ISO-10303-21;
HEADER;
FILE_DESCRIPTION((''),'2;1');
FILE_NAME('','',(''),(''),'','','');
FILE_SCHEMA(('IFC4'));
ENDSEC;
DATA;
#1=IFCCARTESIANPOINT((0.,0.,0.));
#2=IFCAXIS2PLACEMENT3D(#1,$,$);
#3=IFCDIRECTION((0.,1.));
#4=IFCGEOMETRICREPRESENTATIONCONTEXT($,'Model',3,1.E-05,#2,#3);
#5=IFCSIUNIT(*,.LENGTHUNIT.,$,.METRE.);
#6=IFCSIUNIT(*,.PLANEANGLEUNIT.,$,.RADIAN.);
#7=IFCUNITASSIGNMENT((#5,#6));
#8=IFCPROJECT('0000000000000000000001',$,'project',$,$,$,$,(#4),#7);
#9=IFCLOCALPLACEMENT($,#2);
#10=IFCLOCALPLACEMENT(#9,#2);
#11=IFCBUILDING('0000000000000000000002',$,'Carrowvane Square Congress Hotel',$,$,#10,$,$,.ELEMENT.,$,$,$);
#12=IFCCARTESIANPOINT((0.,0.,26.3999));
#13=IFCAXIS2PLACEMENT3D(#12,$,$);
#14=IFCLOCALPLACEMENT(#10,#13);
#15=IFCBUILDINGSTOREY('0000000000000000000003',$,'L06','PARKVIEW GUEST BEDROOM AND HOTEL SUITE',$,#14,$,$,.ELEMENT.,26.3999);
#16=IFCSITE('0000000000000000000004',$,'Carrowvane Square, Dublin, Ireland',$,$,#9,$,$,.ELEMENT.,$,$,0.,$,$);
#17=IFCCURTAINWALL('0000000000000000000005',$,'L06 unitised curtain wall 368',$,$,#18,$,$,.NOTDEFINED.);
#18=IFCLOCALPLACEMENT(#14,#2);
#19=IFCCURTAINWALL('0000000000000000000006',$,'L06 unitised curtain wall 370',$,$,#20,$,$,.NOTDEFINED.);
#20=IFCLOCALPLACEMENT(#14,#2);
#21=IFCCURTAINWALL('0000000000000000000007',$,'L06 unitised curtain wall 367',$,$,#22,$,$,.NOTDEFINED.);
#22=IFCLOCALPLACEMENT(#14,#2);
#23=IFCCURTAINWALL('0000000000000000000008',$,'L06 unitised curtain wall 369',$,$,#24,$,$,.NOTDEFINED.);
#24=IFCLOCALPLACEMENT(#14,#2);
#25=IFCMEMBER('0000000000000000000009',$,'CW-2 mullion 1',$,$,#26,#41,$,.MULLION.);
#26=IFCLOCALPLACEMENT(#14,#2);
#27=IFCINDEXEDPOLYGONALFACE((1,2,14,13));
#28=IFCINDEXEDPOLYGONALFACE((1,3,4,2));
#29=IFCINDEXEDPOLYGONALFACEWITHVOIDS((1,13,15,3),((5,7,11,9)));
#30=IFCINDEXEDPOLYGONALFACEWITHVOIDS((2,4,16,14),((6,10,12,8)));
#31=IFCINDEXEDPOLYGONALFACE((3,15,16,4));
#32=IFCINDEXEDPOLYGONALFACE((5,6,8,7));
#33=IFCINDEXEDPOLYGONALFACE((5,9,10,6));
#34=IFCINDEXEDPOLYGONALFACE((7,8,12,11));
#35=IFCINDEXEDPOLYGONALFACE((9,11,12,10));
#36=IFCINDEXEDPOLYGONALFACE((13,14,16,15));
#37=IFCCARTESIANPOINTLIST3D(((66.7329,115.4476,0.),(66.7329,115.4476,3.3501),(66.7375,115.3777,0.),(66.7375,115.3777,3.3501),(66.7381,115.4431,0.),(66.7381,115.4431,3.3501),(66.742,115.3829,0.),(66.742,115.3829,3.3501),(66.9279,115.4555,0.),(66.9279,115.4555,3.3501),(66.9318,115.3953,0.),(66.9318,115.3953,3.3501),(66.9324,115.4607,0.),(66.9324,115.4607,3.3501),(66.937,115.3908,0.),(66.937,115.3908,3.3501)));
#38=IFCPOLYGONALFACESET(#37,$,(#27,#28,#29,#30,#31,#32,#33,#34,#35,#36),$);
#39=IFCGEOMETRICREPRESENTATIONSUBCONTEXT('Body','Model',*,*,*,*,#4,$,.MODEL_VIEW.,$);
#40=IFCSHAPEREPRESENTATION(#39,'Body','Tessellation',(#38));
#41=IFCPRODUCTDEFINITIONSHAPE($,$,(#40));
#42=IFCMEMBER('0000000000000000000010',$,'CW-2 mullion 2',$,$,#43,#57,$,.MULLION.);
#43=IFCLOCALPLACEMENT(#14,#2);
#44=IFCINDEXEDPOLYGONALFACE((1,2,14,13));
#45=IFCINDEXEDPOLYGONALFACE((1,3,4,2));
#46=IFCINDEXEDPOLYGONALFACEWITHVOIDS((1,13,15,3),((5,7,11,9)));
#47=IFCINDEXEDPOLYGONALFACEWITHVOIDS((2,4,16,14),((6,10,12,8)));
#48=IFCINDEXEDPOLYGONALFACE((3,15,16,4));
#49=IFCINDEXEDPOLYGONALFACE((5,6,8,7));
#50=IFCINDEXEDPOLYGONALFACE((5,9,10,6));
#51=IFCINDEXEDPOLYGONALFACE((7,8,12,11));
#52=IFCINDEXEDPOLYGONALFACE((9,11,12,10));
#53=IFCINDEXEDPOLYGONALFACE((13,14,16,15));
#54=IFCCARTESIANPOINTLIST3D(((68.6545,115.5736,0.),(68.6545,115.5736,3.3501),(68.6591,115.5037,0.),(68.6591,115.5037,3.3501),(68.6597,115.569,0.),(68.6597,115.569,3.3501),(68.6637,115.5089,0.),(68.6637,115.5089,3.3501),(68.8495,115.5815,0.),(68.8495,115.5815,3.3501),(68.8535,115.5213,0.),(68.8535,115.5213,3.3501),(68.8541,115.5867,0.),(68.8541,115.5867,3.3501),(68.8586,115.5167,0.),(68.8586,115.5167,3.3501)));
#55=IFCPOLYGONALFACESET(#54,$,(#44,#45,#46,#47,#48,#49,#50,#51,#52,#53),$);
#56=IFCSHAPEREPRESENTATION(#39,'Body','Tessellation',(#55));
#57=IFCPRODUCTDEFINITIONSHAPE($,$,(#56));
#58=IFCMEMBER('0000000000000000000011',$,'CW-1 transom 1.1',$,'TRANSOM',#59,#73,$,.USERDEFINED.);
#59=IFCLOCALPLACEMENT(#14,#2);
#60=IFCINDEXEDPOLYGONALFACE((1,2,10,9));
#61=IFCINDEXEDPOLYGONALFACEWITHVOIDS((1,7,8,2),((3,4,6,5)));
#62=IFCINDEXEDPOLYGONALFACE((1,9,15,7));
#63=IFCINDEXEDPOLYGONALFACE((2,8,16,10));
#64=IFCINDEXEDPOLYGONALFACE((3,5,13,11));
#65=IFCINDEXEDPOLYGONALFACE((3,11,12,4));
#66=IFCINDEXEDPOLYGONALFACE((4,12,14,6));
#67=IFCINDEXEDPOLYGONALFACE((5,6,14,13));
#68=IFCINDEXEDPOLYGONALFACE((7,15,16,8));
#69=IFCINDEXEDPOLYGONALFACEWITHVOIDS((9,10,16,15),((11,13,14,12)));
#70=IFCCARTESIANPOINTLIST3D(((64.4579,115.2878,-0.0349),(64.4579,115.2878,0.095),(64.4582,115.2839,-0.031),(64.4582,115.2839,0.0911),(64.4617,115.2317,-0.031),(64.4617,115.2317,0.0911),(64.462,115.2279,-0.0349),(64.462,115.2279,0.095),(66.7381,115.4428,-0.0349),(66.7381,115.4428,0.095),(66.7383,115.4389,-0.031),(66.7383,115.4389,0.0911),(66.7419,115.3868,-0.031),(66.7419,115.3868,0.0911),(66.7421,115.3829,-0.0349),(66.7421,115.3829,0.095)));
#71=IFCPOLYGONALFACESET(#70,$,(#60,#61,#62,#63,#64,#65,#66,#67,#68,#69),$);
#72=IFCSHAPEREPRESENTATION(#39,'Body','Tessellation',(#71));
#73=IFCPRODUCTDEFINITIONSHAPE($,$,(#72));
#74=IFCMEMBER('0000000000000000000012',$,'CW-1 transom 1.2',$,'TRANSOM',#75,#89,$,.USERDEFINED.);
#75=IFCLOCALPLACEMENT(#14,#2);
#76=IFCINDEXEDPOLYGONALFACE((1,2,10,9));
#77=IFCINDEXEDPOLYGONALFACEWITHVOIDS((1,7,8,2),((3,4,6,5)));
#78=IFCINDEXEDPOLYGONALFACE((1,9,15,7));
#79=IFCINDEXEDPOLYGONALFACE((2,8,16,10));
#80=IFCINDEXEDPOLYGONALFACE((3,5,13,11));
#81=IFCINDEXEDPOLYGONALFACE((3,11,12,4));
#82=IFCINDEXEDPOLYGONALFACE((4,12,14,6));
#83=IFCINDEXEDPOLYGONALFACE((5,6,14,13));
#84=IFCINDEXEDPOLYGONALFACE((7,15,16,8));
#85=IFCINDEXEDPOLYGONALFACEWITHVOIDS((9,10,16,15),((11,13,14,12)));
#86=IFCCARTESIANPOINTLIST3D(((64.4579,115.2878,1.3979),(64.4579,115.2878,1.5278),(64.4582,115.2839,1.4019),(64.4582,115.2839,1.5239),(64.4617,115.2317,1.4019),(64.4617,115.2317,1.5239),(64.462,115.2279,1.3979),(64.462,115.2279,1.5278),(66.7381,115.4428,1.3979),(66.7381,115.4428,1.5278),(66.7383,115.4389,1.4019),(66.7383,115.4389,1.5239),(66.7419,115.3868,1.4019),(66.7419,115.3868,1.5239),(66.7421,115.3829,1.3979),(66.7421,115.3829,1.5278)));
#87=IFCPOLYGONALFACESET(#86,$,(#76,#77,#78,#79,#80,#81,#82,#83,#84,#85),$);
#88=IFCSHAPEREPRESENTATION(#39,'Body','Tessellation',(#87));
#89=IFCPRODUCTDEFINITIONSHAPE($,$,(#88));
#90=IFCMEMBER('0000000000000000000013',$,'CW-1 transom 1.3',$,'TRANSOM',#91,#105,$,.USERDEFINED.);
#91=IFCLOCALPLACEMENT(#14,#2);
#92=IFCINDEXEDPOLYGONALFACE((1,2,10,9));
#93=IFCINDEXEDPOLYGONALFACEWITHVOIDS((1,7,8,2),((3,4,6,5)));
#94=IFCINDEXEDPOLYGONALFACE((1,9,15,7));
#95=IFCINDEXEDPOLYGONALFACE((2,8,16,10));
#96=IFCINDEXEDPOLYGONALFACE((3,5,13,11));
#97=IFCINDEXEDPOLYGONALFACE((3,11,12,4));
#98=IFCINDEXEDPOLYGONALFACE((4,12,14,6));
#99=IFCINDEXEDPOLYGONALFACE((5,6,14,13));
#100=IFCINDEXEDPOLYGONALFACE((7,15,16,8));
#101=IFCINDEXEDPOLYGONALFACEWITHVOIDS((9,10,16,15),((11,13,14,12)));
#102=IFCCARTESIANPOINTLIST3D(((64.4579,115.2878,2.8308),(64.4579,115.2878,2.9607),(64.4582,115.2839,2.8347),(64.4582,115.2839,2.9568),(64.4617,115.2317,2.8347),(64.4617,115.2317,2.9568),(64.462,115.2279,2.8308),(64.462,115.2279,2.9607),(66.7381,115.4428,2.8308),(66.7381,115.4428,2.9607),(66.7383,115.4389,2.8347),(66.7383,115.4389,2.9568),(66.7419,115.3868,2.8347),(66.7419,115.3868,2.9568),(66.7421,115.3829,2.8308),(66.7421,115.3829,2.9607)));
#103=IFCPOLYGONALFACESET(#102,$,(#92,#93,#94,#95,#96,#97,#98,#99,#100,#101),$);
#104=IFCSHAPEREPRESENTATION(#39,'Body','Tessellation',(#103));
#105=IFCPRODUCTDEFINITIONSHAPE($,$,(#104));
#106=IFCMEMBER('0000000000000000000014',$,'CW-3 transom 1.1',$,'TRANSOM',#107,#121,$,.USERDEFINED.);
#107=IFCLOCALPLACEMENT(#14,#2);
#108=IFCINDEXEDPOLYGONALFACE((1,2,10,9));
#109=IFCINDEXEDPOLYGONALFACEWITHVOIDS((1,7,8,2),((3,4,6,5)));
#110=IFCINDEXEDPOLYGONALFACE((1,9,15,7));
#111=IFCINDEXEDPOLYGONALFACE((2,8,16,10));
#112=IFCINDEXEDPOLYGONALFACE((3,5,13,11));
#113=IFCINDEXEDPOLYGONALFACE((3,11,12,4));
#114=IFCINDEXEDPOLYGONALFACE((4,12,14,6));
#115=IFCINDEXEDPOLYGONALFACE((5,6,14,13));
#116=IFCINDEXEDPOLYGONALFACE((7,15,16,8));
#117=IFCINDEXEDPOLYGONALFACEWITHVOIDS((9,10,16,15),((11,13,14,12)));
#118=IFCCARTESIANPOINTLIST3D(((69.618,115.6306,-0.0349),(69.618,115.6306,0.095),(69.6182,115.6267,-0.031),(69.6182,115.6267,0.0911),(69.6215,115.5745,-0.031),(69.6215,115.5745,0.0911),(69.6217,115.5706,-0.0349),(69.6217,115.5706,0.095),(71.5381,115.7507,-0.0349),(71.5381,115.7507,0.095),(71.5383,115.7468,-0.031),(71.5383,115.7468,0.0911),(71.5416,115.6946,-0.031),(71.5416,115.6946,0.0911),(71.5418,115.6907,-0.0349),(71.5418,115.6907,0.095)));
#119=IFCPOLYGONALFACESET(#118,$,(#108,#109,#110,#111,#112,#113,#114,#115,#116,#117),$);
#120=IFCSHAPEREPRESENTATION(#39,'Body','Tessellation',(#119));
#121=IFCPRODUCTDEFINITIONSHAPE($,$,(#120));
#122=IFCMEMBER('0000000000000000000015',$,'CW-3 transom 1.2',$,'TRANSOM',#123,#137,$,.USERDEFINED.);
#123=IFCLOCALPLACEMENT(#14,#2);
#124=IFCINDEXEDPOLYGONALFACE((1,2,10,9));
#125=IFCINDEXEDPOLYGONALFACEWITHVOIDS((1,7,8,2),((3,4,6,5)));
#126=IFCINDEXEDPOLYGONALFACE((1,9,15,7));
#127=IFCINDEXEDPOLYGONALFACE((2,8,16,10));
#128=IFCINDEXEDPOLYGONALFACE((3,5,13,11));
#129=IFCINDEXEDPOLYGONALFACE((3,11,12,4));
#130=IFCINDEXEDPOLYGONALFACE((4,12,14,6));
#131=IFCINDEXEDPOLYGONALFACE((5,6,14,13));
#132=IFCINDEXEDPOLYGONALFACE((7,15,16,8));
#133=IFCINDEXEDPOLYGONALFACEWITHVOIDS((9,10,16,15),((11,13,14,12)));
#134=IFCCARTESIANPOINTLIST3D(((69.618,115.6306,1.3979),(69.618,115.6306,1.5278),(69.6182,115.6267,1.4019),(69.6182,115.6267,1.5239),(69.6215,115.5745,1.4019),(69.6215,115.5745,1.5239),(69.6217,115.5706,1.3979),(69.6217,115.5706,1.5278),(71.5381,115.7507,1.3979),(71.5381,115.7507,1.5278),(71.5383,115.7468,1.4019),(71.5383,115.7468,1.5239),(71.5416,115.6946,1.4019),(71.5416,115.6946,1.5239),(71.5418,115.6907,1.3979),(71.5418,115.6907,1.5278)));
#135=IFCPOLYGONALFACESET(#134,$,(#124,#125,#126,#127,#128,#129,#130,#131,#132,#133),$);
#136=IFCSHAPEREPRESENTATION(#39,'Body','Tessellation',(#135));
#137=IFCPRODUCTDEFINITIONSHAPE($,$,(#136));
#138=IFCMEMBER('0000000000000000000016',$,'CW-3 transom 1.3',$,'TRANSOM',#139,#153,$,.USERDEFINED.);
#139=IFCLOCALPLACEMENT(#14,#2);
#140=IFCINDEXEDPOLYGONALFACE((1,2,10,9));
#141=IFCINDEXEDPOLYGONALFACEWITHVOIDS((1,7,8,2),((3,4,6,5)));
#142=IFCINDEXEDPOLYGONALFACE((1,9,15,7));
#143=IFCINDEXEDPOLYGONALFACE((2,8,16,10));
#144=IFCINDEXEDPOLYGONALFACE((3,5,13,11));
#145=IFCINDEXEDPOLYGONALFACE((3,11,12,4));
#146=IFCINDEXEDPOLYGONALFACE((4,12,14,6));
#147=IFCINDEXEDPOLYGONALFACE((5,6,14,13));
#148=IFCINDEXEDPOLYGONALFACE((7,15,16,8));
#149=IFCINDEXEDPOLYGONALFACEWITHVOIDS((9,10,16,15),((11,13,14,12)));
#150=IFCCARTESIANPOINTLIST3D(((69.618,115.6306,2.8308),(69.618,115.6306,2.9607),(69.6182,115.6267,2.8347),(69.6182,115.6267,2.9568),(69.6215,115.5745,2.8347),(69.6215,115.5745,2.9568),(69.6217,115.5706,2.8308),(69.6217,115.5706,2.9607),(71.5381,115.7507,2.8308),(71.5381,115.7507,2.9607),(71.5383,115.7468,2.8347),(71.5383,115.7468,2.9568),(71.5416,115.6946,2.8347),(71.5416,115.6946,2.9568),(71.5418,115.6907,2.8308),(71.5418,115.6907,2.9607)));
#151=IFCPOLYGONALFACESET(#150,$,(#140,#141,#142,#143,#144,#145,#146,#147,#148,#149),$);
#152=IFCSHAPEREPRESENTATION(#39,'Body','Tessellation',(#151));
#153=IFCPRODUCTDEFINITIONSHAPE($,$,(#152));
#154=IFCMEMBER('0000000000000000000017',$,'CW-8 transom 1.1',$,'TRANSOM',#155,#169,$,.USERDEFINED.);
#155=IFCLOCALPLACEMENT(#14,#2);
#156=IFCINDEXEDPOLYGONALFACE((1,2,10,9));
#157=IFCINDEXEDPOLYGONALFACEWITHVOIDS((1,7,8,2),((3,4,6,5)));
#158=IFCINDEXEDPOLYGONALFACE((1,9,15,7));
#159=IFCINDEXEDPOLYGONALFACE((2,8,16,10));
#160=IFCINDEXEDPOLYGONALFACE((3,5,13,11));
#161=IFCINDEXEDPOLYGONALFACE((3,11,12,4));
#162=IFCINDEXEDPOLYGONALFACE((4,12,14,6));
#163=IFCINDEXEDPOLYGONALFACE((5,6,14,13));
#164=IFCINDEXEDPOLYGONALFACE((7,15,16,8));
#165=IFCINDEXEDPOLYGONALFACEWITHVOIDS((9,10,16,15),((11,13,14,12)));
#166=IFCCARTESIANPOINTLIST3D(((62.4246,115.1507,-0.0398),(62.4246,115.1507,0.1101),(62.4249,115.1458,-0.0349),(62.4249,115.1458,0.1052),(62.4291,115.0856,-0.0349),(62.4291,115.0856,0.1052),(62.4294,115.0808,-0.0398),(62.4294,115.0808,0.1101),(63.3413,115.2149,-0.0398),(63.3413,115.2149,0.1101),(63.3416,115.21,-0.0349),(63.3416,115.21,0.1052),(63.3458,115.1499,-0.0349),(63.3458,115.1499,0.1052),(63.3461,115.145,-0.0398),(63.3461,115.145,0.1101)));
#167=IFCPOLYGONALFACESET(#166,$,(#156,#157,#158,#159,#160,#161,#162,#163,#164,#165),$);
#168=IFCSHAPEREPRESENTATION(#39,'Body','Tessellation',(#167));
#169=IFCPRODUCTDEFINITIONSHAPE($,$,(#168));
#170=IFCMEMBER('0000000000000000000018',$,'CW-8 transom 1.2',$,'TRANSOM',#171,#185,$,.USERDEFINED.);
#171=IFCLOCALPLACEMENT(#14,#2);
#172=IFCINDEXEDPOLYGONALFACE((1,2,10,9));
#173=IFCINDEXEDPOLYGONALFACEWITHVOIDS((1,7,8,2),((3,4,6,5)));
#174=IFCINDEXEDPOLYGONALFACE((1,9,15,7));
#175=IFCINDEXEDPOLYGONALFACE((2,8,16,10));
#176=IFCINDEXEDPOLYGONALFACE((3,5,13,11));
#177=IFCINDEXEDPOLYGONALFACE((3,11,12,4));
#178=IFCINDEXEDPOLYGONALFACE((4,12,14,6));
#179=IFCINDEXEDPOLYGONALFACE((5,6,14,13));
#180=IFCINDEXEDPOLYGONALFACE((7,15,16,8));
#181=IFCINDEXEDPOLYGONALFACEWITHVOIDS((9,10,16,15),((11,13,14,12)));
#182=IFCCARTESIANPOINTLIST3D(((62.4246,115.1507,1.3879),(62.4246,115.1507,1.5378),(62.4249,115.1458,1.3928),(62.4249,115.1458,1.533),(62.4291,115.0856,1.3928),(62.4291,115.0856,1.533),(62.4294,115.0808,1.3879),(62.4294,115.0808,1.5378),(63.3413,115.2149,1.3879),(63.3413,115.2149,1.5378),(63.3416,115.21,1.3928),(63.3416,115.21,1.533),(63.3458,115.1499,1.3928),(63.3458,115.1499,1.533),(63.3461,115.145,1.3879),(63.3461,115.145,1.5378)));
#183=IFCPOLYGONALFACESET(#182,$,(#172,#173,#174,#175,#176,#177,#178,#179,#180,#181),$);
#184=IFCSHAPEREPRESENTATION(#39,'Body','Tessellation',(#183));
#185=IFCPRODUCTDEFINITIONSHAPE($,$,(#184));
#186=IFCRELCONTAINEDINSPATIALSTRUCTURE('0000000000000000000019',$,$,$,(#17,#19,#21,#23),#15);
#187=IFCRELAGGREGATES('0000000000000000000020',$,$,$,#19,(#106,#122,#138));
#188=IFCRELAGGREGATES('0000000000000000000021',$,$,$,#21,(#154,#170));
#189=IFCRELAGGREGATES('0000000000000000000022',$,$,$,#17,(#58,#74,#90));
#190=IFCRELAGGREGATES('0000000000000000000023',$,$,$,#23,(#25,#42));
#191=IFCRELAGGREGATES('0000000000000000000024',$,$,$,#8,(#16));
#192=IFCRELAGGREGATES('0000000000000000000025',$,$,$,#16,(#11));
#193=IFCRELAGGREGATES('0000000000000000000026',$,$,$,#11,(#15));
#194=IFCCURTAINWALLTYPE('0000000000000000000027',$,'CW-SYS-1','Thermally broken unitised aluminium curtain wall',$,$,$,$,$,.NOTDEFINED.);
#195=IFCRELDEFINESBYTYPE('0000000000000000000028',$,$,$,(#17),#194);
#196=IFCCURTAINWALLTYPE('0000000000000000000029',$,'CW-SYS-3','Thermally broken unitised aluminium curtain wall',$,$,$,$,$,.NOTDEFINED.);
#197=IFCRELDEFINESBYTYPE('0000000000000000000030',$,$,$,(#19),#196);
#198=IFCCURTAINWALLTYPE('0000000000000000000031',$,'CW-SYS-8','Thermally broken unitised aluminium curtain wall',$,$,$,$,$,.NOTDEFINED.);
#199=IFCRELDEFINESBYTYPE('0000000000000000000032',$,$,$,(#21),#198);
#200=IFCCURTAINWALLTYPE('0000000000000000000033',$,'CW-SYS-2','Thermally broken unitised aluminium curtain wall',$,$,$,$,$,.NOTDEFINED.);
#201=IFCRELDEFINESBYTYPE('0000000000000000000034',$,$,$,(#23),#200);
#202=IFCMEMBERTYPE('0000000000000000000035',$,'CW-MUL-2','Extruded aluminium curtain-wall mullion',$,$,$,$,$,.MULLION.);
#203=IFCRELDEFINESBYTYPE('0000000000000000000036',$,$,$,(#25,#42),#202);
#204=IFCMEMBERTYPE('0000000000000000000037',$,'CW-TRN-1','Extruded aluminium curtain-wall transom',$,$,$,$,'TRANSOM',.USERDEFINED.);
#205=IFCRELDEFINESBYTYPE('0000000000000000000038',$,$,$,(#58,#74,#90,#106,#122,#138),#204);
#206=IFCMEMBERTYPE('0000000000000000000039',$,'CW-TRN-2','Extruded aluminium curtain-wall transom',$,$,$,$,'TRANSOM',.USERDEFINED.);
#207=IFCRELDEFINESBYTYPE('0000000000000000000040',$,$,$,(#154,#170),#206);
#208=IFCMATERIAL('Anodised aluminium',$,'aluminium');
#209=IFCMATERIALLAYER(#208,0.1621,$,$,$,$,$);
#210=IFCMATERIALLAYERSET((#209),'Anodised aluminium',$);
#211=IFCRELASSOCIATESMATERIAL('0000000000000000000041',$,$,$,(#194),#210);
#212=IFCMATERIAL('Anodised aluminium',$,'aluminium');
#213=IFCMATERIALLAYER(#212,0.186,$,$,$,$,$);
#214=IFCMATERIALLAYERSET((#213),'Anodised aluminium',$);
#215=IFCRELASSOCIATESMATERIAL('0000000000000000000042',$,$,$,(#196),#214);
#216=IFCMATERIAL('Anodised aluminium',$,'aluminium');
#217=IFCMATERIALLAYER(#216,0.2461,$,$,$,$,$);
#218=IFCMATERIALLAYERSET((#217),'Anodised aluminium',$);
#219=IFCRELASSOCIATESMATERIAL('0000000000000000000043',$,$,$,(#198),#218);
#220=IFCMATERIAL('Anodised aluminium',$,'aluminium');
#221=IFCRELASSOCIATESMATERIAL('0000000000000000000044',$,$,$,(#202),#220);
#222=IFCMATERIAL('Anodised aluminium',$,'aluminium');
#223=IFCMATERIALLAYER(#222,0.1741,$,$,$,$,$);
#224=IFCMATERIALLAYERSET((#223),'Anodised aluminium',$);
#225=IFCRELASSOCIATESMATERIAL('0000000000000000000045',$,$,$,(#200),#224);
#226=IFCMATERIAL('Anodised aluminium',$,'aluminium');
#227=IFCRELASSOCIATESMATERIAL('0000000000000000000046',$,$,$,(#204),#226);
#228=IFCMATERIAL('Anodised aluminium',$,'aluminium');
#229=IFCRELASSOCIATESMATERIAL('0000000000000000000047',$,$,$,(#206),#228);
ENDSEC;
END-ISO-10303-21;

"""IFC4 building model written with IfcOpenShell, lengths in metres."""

from ifc_helpers import new_model, si_unit, direction, frame, origin, origin_2d, place, context, subcontext, project, spatial, hollow_rectangle, extrude, material, layer, layer_set, material_profile, profile_set, type_object, element, aggregate, save


model = new_model("IFC4")

# Units and contexts
model_context = context("Model", 3, precision=1e-05, world=origin(), true_north=direction((0.0, 1.0)))
body_context = subcontext(model_context, "Body", "Model", "MODEL_VIEW")
ifc_project = project(units=[si_unit("LENGTHUNIT", "METRE"), si_unit("PLANEANGLEUNIT", "RADIAN")], contexts=[model_context])

# Site, building, storey
site_placement = place(None, origin())
site = spatial("IfcSite", under=ifc_project, at=site_placement, Name="Carrowvane Square, Dublin, Ireland", CompositionType="ELEMENT", RefElevation=0.0)
building_placement = place(site_placement, origin())
building = spatial("IfcBuilding", under=site, at=building_placement, Name="Carrowvane Square Congress Hotel", CompositionType="ELEMENT")
storey_placement = place(building_placement, frame((0.0, 0.0, 26.3999)))
storey = spatial("IfcBuildingStorey", under=building, at=storey_placement, Name="L06", Description="PARKVIEW GUEST BEDROOM AND HOTEL SUITE", CompositionType="ELEMENT", Elevation=26.3999)

# Curtain wall
ifc_material_1 = material(Name="Anodised aluminium", Category="aluminium")
ifc_layer_1 = layer(ifc_material_1, 0.1621)
ifc_layer_set_1 = layer_set([ifc_layer_1], Name="Anodised aluminium")
curtain_wall_type_1 = type_object("IfcCurtainWallType", Name="CW-SYS-1", Description="Thermally broken unitised aluminium curtain wall", PredefinedType="NOTDEFINED", material=ifc_layer_set_1)
curtain_wall_1_placement = place(storey_placement, origin())
curtain_wall_1 = element("IfcCurtainWall", 1, at=curtain_wall_1_placement, inside=storey, type_object=curtain_wall_type_1, Name="L06 unitised curtain wall 368", PredefinedType="NOTDEFINED")

# Curtain wall
ifc_material_2 = material(Name="Anodised aluminium", Category="aluminium")
ifc_layer_2 = layer(ifc_material_2, 0.186)
ifc_layer_set_2 = layer_set([ifc_layer_2], Name="Anodised aluminium")
curtain_wall_type_2 = type_object("IfcCurtainWallType", Name="CW-SYS-3", Description="Thermally broken unitised aluminium curtain wall", PredefinedType="NOTDEFINED", material=ifc_layer_set_2)
curtain_wall_2_placement = place(storey_placement, origin())
curtain_wall_2 = element("IfcCurtainWall", 2, at=curtain_wall_2_placement, inside=storey, type_object=curtain_wall_type_2, Name="L06 unitised curtain wall 370", PredefinedType="NOTDEFINED")

# Curtain walls, members
ifc_material_3 = material(Name="Anodised aluminium", Category="aluminium")
ifc_layer_3 = layer(ifc_material_3, 0.2461)
ifc_layer_set_3 = layer_set([ifc_layer_3], Name="Anodised aluminium")
curtain_wall_type_3 = type_object("IfcCurtainWallType", Name="CW-SYS-8", Description="Thermally broken unitised aluminium curtain wall", PredefinedType="NOTDEFINED", material=ifc_layer_set_3)
curtain_wall_3_placement = place(storey_placement, origin())
curtain_wall_3 = element("IfcCurtainWall", 3, at=curtain_wall_3_placement, inside=storey, type_object=curtain_wall_type_3, Name="L06 unitised curtain wall 367", PredefinedType="NOTDEFINED")
ifc_material_4 = material(Name="Anodised aluminium", Category="aluminium")
ifc_material_profile_1 = material_profile(ifc_material_4, hollow_rectangle(XDim=0.0701, YDim=0.2, WallThickness=0.0049, at=origin_2d()), Name="CW-ML 70x200x5")
ifc_profile_set_1 = profile_set([ifc_material_profile_1], Name="Anodised aluminium")
member_type_1 = type_object("IfcMemberType", Name="CW-MUL-2", Description="Extruded aluminium curtain-wall mullion", PredefinedType="MULLION", material=ifc_profile_set_1)
ifc_material_5 = material(Name="Anodised aluminium", Category="aluminium")
ifc_layer_4 = layer(ifc_material_5, 0.1741)
ifc_layer_set_4 = layer_set([ifc_layer_4], Name="Anodised aluminium")
curtain_wall_type_4 = type_object("IfcCurtainWallType", Name="CW-SYS-2", Description="Thermally broken unitised aluminium curtain wall", PredefinedType="NOTDEFINED", material=ifc_layer_set_4)
curtain_wall_4_placement = place(storey_placement, origin())
curtain_wall_4 = element("IfcCurtainWall", 4, at=curtain_wall_4_placement, inside=storey, type_object=curtain_wall_type_4, Name="L06 unitised curtain wall 369", PredefinedType="NOTDEFINED")
member_1_placement = place(storey_placement, frame((66.835, 115.4192, 0.0), z_axis=(0.0, 0.0, 1.0), x_axis=(-0.065412, 0.997858, 0.0)))
member_1 = element("IfcMember", 5, at=member_1_placement, type_object=member_type_1, Name="CW-2 mullion 1", PredefinedType="MULLION", context=body_context, shape_type="SweptSolid", body=[
    extrude(hollow_rectangle(XDim=0.0701, YDim=0.2, WallThickness=0.0049, at=origin_2d()), origin(), (0.0, 0.0, 1.0), 3.3501),
])
member_2_placement = place(storey_placement, frame((68.7566, 115.5452, 0.0), z_axis=(0.0, 0.0, 1.0), x_axis=(-0.065412, 0.997858, 0.0)))
member_2 = element("IfcMember", 6, at=member_2_placement, type_object=member_type_1, Name="CW-2 mullion 2", PredefinedType="MULLION", context=body_context, shape_type="SweptSolid", body=[
    extrude(hollow_rectangle(XDim=0.0701, YDim=0.2, WallThickness=0.0049, at=origin_2d()), origin(), (0.0, 0.0, 1.0), 3.3501),
])

# Members
ifc_material_6 = material(Name="Anodised aluminium", Category="aluminium")
ifc_material_profile_2 = material_profile(ifc_material_6, hollow_rectangle(XDim=0.0601, YDim=0.1299, WallThickness=0.0039, at=origin_2d()), Name="CW-TR 60x130x4")
ifc_profile_set_2 = profile_set([ifc_material_profile_2], Name="Anodised aluminium")
member_type_2 = type_object("IfcMemberType", Name="CW-TRN-1", Description="Extruded aluminium curtain-wall transom", ElementType="TRANSOM", PredefinedType="USERDEFINED", material=ifc_profile_set_2)
member_3_placement = place(storey_placement, frame((64.46, 115.2578, 0.03), z_axis=(0.997696, 0.067838, 0.0), x_axis=(-0.067838, 0.997696, 0.0)))
member_3 = element("IfcMember", 7, at=member_3_placement, type_object=member_type_2, Name="CW-1 transom 1.1", ObjectType="TRANSOM", PredefinedType="USERDEFINED", context=body_context, shape_type="SweptSolid", body=[
    extrude(hollow_rectangle(XDim=0.0601, YDim=0.1299, WallThickness=0.0039, at=origin_2d()), origin(), (0.0, 0.0, 1.0), 2.2854),
])
member_4_placement = place(storey_placement, frame((64.46, 115.2578, 1.4629), z_axis=(0.997696, 0.067838, 0.0), x_axis=(-0.067838, 0.997696, 0.0)))
member_4 = element("IfcMember", 8, at=member_4_placement, type_object=member_type_2, Name="CW-1 transom 1.2", ObjectType="TRANSOM", PredefinedType="USERDEFINED", context=body_context, shape_type="SweptSolid", body=[
    extrude(hollow_rectangle(XDim=0.0601, YDim=0.1299, WallThickness=0.0039, at=origin_2d()), origin(), (0.0, 0.0, 1.0), 2.2854),
])
member_5_placement = place(storey_placement, frame((64.46, 115.2578, 2.8958), z_axis=(0.997696, 0.067838, 0.0), x_axis=(-0.067838, 0.997696, 0.0)))
member_5 = element("IfcMember", 9, at=member_5_placement, type_object=member_type_2, Name="CW-1 transom 1.3", ObjectType="TRANSOM", PredefinedType="USERDEFINED", context=body_context, shape_type="SweptSolid", body=[
    extrude(hollow_rectangle(XDim=0.0601, YDim=0.1299, WallThickness=0.0039, at=origin_2d()), origin(), (0.0, 0.0, 1.0), 2.2854),
])
member_6_placement = place(storey_placement, frame((69.6199, 115.6006, 0.03), z_axis=(0.998049, 0.062434, 0.0), x_axis=(-0.062434, 0.998049, 0.0)))
member_6 = element("IfcMember", 10, at=member_6_placement, type_object=member_type_2, Name="CW-3 transom 1.1", ObjectType="TRANSOM", PredefinedType="USERDEFINED", context=body_context, shape_type="SweptSolid", body=[
    extrude(hollow_rectangle(XDim=0.0601, YDim=0.1299, WallThickness=0.0039, at=origin_2d()), origin(), (0.0, 0.0, 1.0), 1.9238),
])
member_7_placement = place(storey_placement, frame((69.6199, 115.6006, 1.4629), z_axis=(0.998049, 0.062434, 0.0), x_axis=(-0.062434, 0.998049, 0.0)))
member_7 = element("IfcMember", 11, at=member_7_placement, type_object=member_type_2, Name="CW-3 transom 1.2", ObjectType="TRANSOM", PredefinedType="USERDEFINED", context=body_context, shape_type="SweptSolid", body=[
    extrude(hollow_rectangle(XDim=0.0601, YDim=0.1299, WallThickness=0.0039, at=origin_2d()), origin(), (0.0, 0.0, 1.0), 1.9238),
])
member_8_placement = place(storey_placement, frame((69.6199, 115.6006, 2.8958), z_axis=(0.998049, 0.062434, 0.0), x_axis=(-0.062434, 0.998049, 0.0)))
member_8 = element("IfcMember", 12, at=member_8_placement, type_object=member_type_2, Name="CW-3 transom 1.3", ObjectType="TRANSOM", PredefinedType="USERDEFINED", context=body_context, shape_type="SweptSolid", body=[
    extrude(hollow_rectangle(XDim=0.0601, YDim=0.1299, WallThickness=0.0039, at=origin_2d()), origin(), (0.0, 0.0, 1.0), 1.9238),
])
aggregate(curtain_wall_2, [member_6, member_7, member_8])
ifc_material_7 = material(Name="Anodised aluminium", Category="aluminium")
ifc_material_profile_3 = material_profile(ifc_material_7, hollow_rectangle(XDim=0.0701, YDim=0.1499, WallThickness=0.0049, at=origin_2d()), Name="CW-TR 70x150x5")
ifc_profile_set_3 = profile_set([ifc_material_profile_3], Name="Anodised aluminium")
member_type_3 = type_object("IfcMemberType", Name="CW-TRN-2", Description="Extruded aluminium curtain-wall transom", ElementType="TRANSOM", PredefinedType="USERDEFINED", material=ifc_profile_set_3)
member_9_placement = place(storey_placement, frame((62.427, 115.1157, 0.0352), z_axis=(0.997556, 0.069869, 0.0), x_axis=(-0.069869, 0.997556, 0.0)))
member_9 = element("IfcMember", 13, at=member_9_placement, type_object=member_type_3, Name="CW-8 transom 1.1", ObjectType="TRANSOM", PredefinedType="USERDEFINED", context=body_context, shape_type="SweptSolid", body=[
    extrude(hollow_rectangle(XDim=0.0701, YDim=0.1499, WallThickness=0.0049, at=origin_2d()), origin(), (0.0, 0.0, 1.0), 0.9189),
])
member_10_placement = place(storey_placement, frame((62.427, 115.1157, 1.4629), z_axis=(0.997556, 0.069869, 0.0), x_axis=(-0.069869, 0.997556, 0.0)))
member_10 = element("IfcMember", 14, at=member_10_placement, type_object=member_type_3, Name="CW-8 transom 1.2", ObjectType="TRANSOM", PredefinedType="USERDEFINED", context=body_context, shape_type="SweptSolid", body=[
    extrude(hollow_rectangle(XDim=0.0701, YDim=0.1499, WallThickness=0.0049, at=origin_2d()), origin(), (0.0, 0.0, 1.0), 0.9189),
])

aggregate(curtain_wall_3, [member_9, member_10])
aggregate(curtain_wall_1, [member_3, member_4, member_5])
aggregate(curtain_wall_4, [member_1, member_2])

save(model, "model.ifc")
